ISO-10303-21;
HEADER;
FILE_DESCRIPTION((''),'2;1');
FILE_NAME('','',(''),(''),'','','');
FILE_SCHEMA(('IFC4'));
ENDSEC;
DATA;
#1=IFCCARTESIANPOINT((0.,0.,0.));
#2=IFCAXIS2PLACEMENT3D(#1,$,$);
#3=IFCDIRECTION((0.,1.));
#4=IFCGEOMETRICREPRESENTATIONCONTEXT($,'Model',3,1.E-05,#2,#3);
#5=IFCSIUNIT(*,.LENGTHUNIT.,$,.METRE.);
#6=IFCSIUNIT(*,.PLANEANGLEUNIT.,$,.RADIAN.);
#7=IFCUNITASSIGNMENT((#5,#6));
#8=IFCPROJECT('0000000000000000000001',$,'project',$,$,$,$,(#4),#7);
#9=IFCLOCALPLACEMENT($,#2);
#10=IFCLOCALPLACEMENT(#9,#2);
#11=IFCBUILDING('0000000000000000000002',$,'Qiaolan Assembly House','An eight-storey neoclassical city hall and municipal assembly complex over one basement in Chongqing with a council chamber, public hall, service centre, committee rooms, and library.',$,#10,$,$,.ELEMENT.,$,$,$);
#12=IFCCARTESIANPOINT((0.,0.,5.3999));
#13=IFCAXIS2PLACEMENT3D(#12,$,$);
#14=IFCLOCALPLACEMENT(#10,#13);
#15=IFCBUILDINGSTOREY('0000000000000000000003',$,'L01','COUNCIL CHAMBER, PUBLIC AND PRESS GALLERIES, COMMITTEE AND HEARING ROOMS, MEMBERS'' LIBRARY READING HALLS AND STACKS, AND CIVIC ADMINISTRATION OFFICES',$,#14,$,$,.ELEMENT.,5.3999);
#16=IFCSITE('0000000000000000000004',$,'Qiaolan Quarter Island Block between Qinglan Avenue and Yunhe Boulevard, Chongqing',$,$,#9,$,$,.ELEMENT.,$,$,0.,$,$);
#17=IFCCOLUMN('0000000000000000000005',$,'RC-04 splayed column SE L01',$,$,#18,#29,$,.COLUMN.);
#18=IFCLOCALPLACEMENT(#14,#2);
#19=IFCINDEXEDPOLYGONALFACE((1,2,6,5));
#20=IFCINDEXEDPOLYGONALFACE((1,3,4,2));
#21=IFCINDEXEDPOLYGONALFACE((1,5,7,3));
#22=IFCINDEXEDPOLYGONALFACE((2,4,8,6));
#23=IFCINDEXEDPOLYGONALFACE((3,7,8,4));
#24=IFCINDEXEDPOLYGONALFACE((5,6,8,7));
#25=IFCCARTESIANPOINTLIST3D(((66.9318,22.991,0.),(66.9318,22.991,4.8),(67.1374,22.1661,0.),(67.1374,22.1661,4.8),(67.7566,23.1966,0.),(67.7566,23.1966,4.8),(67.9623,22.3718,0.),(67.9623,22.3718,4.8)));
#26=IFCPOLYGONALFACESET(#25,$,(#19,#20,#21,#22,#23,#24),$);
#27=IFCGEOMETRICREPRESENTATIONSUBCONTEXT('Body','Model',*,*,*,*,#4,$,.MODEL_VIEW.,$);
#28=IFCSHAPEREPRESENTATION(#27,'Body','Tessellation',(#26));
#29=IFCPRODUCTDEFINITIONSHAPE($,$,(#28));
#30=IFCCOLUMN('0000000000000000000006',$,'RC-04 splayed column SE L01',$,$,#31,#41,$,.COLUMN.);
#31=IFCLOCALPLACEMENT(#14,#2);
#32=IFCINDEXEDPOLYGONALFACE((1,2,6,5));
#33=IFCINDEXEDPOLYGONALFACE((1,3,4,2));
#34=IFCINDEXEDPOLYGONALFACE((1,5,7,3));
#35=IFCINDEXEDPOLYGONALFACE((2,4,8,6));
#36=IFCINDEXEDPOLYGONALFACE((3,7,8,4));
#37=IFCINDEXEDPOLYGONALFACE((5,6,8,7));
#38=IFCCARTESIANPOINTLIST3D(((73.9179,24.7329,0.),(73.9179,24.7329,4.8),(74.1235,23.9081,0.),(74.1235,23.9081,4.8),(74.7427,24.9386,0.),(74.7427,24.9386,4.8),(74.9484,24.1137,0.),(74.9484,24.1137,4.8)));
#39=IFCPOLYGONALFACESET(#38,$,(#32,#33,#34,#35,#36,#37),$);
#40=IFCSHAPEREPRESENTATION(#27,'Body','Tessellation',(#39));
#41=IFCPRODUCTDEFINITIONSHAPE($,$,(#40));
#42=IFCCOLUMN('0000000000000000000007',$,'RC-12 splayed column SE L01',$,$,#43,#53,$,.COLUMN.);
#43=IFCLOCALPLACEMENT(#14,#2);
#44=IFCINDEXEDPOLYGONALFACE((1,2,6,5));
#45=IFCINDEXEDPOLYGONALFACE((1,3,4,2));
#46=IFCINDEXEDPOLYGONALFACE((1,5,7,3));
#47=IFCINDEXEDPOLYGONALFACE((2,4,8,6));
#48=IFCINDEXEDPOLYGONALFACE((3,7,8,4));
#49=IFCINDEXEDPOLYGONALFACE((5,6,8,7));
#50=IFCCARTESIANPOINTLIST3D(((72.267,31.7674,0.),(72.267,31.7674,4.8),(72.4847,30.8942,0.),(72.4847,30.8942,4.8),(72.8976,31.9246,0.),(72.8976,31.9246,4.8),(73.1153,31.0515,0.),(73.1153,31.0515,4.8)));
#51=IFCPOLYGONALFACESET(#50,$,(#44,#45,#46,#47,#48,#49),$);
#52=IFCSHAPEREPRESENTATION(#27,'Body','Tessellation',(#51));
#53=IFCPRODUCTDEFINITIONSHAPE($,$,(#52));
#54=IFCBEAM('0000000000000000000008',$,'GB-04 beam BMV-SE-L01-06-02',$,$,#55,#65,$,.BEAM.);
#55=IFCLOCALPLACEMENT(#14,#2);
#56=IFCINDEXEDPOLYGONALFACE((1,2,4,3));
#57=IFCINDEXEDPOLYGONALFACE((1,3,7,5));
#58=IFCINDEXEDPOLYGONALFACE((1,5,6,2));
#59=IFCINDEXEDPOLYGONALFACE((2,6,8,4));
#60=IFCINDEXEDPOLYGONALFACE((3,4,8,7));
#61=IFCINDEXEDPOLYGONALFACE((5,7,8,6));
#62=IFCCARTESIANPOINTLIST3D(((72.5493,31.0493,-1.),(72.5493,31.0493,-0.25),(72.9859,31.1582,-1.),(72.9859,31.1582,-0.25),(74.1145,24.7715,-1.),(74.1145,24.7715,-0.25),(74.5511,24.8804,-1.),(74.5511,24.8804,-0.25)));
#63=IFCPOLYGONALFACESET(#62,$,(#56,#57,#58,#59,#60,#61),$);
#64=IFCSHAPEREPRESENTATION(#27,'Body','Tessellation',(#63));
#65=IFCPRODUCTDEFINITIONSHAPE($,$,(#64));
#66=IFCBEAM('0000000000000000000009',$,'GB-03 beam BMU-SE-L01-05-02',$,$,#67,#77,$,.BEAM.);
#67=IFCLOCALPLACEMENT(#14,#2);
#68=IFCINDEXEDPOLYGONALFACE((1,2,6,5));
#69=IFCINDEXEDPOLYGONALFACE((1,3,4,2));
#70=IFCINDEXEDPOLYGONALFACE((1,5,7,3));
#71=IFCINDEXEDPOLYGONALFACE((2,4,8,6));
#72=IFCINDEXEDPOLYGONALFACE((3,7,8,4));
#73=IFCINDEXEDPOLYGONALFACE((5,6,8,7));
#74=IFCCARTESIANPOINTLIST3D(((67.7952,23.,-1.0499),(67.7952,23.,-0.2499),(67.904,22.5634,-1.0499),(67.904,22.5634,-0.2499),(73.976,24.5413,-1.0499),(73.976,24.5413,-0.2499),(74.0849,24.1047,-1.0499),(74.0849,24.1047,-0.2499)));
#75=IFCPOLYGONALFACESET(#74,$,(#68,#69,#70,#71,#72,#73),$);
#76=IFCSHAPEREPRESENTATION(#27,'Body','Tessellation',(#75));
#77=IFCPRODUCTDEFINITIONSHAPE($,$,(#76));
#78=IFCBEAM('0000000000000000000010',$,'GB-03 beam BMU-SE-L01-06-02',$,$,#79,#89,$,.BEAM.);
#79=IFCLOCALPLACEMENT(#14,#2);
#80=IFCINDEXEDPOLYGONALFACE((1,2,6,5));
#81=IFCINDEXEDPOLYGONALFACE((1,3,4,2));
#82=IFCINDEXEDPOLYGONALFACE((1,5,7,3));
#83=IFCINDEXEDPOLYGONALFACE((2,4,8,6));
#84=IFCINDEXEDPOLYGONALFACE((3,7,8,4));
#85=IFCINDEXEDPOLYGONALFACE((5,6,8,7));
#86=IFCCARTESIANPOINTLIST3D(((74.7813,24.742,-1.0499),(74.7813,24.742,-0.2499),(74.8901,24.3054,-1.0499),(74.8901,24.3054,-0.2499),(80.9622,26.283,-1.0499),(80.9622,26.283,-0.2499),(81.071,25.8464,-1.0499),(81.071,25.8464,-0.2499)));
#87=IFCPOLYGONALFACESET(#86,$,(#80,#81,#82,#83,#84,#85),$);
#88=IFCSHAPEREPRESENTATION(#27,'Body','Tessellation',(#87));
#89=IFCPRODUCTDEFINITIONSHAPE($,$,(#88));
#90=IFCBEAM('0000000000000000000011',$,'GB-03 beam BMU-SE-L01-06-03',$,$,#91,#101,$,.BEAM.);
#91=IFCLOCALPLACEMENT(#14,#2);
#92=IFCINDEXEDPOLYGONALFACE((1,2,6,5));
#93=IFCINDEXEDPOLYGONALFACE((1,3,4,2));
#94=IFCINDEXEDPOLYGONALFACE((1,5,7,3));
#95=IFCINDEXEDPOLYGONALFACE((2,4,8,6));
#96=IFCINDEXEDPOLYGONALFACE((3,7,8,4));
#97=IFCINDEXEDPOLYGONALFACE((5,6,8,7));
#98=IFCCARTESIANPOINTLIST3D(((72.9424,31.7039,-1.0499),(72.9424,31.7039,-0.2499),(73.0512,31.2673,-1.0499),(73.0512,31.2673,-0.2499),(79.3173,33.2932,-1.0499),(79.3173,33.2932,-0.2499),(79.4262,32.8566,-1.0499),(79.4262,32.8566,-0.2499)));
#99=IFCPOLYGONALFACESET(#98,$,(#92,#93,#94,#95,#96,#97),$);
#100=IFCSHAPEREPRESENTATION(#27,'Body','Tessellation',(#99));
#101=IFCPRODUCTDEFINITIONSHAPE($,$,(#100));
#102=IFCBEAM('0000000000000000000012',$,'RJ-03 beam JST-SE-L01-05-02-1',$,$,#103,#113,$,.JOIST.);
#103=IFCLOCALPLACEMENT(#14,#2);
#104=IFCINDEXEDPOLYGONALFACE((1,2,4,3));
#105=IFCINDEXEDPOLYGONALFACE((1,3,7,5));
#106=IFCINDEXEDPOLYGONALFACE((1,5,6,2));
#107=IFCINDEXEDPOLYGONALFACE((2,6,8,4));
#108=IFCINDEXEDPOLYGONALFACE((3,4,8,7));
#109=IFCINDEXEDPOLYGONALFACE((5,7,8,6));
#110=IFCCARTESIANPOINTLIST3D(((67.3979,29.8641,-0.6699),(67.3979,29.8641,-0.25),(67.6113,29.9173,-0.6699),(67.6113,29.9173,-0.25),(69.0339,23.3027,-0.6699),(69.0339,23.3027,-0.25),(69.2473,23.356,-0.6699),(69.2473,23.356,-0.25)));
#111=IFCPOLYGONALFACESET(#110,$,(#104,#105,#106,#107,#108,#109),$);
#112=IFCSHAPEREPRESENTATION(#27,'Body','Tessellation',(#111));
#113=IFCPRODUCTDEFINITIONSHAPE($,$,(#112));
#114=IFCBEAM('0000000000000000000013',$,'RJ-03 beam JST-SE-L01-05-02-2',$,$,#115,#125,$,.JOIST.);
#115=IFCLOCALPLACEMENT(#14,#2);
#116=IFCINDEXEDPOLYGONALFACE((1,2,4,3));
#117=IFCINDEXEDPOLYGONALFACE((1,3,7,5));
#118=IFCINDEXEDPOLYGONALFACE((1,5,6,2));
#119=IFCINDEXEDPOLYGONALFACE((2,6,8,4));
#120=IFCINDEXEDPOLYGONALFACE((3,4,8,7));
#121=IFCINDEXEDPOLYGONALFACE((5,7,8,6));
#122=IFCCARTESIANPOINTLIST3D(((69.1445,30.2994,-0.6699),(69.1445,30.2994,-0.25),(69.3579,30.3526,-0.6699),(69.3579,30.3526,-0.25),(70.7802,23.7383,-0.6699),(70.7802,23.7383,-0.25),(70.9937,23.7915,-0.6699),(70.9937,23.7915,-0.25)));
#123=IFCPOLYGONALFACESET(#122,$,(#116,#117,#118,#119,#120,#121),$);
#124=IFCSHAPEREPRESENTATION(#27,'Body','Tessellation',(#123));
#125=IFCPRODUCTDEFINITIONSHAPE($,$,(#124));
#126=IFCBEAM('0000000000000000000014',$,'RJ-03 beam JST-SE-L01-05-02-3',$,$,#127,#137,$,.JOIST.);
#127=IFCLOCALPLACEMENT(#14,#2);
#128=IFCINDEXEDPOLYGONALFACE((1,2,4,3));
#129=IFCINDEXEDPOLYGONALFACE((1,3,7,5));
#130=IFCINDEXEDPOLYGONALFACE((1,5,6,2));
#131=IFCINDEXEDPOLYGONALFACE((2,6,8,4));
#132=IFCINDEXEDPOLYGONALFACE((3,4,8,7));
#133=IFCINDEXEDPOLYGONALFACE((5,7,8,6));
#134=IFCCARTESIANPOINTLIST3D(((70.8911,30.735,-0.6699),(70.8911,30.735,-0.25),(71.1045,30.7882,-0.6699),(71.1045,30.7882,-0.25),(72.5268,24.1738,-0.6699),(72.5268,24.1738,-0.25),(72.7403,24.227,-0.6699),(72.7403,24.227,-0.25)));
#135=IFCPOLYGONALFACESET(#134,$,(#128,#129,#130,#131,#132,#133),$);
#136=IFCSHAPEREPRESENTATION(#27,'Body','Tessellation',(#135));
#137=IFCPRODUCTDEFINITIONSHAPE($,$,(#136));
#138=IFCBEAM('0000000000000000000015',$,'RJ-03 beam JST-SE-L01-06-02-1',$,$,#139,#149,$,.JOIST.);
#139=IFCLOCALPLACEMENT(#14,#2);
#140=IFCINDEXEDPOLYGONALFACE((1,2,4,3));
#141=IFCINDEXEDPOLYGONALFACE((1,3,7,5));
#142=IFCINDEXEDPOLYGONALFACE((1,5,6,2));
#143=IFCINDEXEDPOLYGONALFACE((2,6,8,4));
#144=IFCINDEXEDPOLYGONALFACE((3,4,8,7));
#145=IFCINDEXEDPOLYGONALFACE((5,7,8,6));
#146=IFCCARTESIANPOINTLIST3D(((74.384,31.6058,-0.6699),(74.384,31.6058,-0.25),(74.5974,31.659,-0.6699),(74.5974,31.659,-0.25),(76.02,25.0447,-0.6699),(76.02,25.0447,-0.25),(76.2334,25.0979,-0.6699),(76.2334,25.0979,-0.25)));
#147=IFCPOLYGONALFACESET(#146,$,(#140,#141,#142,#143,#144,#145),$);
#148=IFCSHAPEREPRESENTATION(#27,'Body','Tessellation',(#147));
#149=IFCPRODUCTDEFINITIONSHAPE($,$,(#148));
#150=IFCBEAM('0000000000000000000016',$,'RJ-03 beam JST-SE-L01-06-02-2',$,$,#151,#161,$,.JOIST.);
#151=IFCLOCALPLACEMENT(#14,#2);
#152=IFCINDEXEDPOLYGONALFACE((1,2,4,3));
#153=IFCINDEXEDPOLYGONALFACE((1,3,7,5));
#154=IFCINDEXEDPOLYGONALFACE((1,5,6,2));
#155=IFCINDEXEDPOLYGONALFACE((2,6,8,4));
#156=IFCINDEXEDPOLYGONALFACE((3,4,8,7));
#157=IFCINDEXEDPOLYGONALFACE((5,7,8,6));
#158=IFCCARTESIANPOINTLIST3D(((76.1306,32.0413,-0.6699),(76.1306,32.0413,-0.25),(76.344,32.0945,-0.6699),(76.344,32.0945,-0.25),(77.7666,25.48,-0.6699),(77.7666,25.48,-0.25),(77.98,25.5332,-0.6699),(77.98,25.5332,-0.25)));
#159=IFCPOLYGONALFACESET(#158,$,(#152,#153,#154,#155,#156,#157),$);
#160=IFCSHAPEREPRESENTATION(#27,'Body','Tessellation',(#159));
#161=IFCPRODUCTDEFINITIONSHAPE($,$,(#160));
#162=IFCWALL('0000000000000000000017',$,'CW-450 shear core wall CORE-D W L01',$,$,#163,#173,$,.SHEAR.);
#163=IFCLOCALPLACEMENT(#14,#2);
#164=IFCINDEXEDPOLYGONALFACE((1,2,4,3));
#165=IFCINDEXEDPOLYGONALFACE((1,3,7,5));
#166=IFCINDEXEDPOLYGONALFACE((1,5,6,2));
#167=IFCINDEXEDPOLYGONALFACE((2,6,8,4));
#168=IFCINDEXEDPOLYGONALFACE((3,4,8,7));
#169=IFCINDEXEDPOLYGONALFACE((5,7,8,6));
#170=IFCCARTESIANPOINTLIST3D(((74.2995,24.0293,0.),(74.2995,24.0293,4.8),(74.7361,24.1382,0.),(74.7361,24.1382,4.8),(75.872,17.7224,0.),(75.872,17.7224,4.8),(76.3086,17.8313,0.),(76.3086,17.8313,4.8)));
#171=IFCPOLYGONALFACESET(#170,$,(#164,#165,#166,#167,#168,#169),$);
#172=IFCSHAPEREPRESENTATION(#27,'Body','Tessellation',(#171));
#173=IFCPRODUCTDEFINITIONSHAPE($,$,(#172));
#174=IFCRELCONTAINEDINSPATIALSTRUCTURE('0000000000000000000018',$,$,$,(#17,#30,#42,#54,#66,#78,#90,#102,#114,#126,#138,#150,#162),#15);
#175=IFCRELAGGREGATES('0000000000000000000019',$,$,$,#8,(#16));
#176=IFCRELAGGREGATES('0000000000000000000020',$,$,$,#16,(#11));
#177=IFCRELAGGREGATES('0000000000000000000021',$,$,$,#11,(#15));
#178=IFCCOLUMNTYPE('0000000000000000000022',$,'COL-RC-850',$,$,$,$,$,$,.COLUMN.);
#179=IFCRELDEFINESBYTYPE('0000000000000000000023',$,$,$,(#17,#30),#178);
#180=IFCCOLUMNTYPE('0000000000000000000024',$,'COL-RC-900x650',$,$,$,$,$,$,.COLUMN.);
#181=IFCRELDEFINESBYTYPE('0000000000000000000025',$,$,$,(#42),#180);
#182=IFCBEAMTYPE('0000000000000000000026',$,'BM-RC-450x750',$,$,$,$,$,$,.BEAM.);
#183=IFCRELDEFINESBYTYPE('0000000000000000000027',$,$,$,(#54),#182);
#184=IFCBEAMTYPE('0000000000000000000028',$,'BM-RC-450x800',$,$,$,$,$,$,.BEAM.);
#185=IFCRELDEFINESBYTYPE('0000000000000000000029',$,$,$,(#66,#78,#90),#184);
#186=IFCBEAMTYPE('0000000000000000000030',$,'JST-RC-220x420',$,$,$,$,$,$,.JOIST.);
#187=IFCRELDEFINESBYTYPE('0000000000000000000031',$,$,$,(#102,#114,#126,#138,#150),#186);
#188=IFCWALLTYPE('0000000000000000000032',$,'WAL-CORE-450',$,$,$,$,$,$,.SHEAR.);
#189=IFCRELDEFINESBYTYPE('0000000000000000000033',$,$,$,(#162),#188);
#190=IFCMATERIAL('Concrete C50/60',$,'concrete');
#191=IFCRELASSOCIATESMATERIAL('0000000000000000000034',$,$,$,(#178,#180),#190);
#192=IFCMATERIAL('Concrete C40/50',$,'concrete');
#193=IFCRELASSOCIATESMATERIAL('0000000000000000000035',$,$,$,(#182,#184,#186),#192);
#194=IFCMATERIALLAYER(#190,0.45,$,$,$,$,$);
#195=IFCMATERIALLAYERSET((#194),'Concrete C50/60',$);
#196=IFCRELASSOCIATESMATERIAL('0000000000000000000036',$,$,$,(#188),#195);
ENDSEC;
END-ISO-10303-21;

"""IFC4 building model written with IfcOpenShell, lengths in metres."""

from ifc_helpers import new_model, si_unit, direction, frame, frame_2d, origin, origin_2d, place, context, subcontext, project, spatial, rectangle, extrude, material, layer, layer_set, material_profile, profile_set, type_object, element, save


model = new_model("IFC4")

# Units and contexts
model_context = context("Model", 3, precision=1e-05, world=origin(), true_north=direction((0.0, 1.0)))
body_context = subcontext(model_context, "Body", "Model", "MODEL_VIEW")
ifc_project = project(units=[si_unit("LENGTHUNIT", "METRE"), si_unit("PLANEANGLEUNIT", "RADIAN")], contexts=[model_context])

# Site, building, storey
site_placement = place(None, origin())
site = spatial("IfcSite", under=ifc_project, at=site_placement, Name="Qiaolan Quarter Island Block between Qinglan Avenue and Yunhe Boulevard, Chongqing", CompositionType="ELEMENT", RefElevation=0.0)
building_placement = place(site_placement, origin())
building = spatial("IfcBuilding", under=site, at=building_placement, Name="Qiaolan Assembly House", Description="An eight-storey neoclassical city hall and municipal assembly complex over one basement in Chongqing with a council chamber, public hall, service centre, committee rooms, and library.", CompositionType="ELEMENT")
storey_placement = place(building_placement, frame((0.0, 0.0, 5.3999)))
storey = spatial("IfcBuildingStorey", under=building, at=storey_placement, Name="L01", Description="COUNCIL CHAMBER, PUBLIC AND PRESS GALLERIES, COMMITTEE AND HEARING ROOMS, MEMBERS' LIBRARY READING HALLS AND STACKS, AND CIVIC ADMINISTRATION OFFICES", CompositionType="ELEMENT", Elevation=5.3999)

# Columns
ifc_material_1 = material(Name="Concrete C50/60", Category="concrete")
ifc_material_profile_1 = material_profile(ifc_material_1, rectangle(XDim=0.8501, YDim=0.8501, at=origin_2d()), Name="RC 850x850")
ifc_profile_set_1 = profile_set([ifc_material_profile_1], Name="Concrete C50/60")
column_type_1 = type_object("IfcColumnType", Name="COL-RC-850", PredefinedType="COLUMN", material=ifc_profile_set_1)
for number, where, z_axis, x_axis, name in (
    (1, (67.447, 22.6814, 0.0), (0.0, 0.0, 1.0), (0.970296, 0.241922, 0.0), "RC-04 splayed column SE L01"),
    (2, (74.4331, 24.4233, 0.0), (0.0, 0.0, 1.0), (0.970296, 0.241922, 0.0), "RC-04 splayed column SE L01"),
):
    element("IfcColumn", number, at=place(storey_placement, frame(where, z_axis=z_axis, x_axis=x_axis)), inside=storey, type_object=column_type_1, Name=name, PredefinedType="COLUMN", context=body_context, shape_type="SweptSolid", body=[
        extrude(rectangle(XDim=0.8501, YDim=0.8501, at=origin_2d()), origin(), (0.0, 0.0, 1.0), 4.8),
    ])
ifc_material_profile_2 = material_profile(ifc_material_1, rectangle(XDim=0.6499, YDim=0.8999, at=origin_2d()), Name="RC 900x650")
ifc_profile_set_2 = profile_set([ifc_material_profile_2], Name="Concrete C50/60")
column_type_2 = type_object("IfcColumnType", Name="COL-RC-900x650", PredefinedType="COLUMN", material=ifc_profile_set_2)
column_placement = place(storey_placement, frame((72.6912, 31.4094, 0.0), z_axis=(0.0, 0.0, 1.0), x_axis=(0.970296, 0.241922, 0.0)))
element("IfcColumn", 3, at=column_placement, inside=storey, type_object=column_type_2, Name="RC-12 splayed column SE L01", PredefinedType="COLUMN", context=body_context, shape_type="SweptSolid", body=[
    extrude(rectangle(XDim=0.6499, YDim=0.8999, at=origin_2d()), origin(), (0.0, 0.0, 1.0), 4.8),
])

# Beams
ifc_material_2 = material(Name="Concrete C40/50", Category="concrete")
ifc_material_profile_3 = material_profile(ifc_material_2, rectangle(XDim=0.45, YDim=0.75, at=origin_2d()), Name="RCB 450x750")
ifc_profile_set_3 = profile_set([ifc_material_profile_3], Name="Concrete C40/50")
beam_type_1 = type_object("IfcBeamType", Name="BM-RC-450x750", PredefinedType="BEAM", material=ifc_profile_set_3)
beam_1_placement = place(storey_placement, frame((74.3328, 24.8259, -0.625), z_axis=(-0.241914, 0.970298, 0.0), x_axis=(-0.970298, -0.241914, 0.0)))
element("IfcBeam", 4, at=beam_1_placement, inside=storey, type_object=beam_type_1, Name="GB-04 beam BMV-SE-L01-06-02", PredefinedType="BEAM", context=body_context, shape_type="SweptSolid", body=[
    extrude(rectangle(XDim=0.45, YDim=0.75, at=origin_2d()), origin(), (0.0, 0.0, 1.0), 6.47),
])
ifc_material_profile_4 = material_profile(ifc_material_2, rectangle(XDim=0.45, YDim=0.8, at=origin_2d()), Name="RCB 450x800")
ifc_profile_set_4 = profile_set([ifc_material_profile_4], Name="Concrete C40/50")
beam_type_2 = type_object("IfcBeamType", Name="BM-RC-450x800", PredefinedType="BEAM", material=ifc_profile_set_4)
for number, where, z_axis, x_axis, name in (
    (5, (67.8496, 22.7817, -0.6499), (0.970289, 0.241949, 0.0), (-0.241949, 0.970289, 0.0), "GB-03 beam BMU-SE-L01-05-02"),
    (6, (74.8357, 24.5237, -0.6499), (0.970298, 0.241913, 0.0), (-0.241913, 0.970298, 0.0), "GB-03 beam BMU-SE-L01-06-02"),
):
    element("IfcBeam", number, at=place(storey_placement, frame(where, z_axis=z_axis, x_axis=x_axis)), inside=storey, type_object=beam_type_2, Name=name, PredefinedType="BEAM", context=body_context, shape_type="SweptSolid", body=[
        extrude(rectangle(XDim=0.45, YDim=0.8, at=origin_2d()), origin(), (0.0, 0.0, 1.0), 6.3701),
    ])
beam_2_placement = place(storey_placement, frame((72.9968, 31.4856, -0.6499), z_axis=(0.9703, 0.241906, 0.0), x_axis=(-0.241906, 0.9703, 0.0)))
element("IfcBeam", 7, at=beam_2_placement, inside=storey, type_object=beam_type_2, Name="GB-03 beam BMU-SE-L01-06-03", PredefinedType="BEAM", context=body_context, shape_type="SweptSolid", body=[
    extrude(rectangle(XDim=0.45, YDim=0.8, at=origin_2d()), origin(), (0.0, 0.0, 1.0), 6.5701),
])
ifc_material_profile_5 = material_profile(ifc_material_2, rectangle(XDim=0.22, YDim=0.4199, at=origin_2d()), Name="RCB 220x420")
ifc_profile_set_5 = profile_set([ifc_material_profile_5], Name="Concrete C40/50")
beam_type_3 = type_object("IfcBeamType", Name="JST-RC-220x420", PredefinedType="JOIST", material=ifc_profile_set_5)
beam_3_placement = place(storey_placement, frame((69.1406, 23.3293, -0.46), z_axis=(-0.241932, 0.970293, 0.0), x_axis=(-0.970293, -0.241932, 0.0)))
element("IfcBeam", 8, at=beam_3_placement, inside=storey, type_object=beam_type_3, Name="RJ-03 beam JST-SE-L01-05-02-1", PredefinedType="JOIST", context=body_context, shape_type="SweptSolid", body=[
    extrude(rectangle(XDim=0.22, YDim=0.4199, at=origin_2d()), origin(), (0.0, 0.0, 1.0), 6.7622),
])
for number, where, z_axis, x_axis, name in (
    (9, (70.887, 23.7649, -0.46), (-0.241907, 0.970299, 0.0), (-0.970299, -0.241907, 0.0), "RJ-03 beam JST-SE-L01-05-02-2"),
    (10, (72.6335, 24.2004, -0.46), (-0.241907, 0.970299, 0.0), (-0.970299, -0.241907, 0.0), "RJ-03 beam JST-SE-L01-05-02-3"),
    (11, (76.1267, 25.0713, -0.46), (-0.241941, 0.970291, 0.0), (-0.970291, -0.241941, 0.0), "RJ-03 beam JST-SE-L01-06-02-1"),
):
    element("IfcBeam", number, at=place(storey_placement, frame(where, z_axis=z_axis, x_axis=x_axis)), inside=storey, type_object=beam_type_3, Name=name, PredefinedType="JOIST", context=body_context, shape_type="SweptSolid", body=[
        extrude(rectangle(XDim=0.22, YDim=0.4199, at=origin_2d()), origin(), (0.0, 0.0, 1.0), 6.762),
    ])
beam_4_placement = place(storey_placement, frame((77.8733, 25.5066, -0.46), z_axis=(-0.241932, 0.970293, 0.0), x_axis=(-0.970293, -0.241932, 0.0)))
element("IfcBeam", 12, at=beam_4_placement, inside=storey, type_object=beam_type_3, Name="RJ-03 beam JST-SE-L01-06-02-2", PredefinedType="JOIST", context=body_context, shape_type="SweptSolid", body=[
    extrude(rectangle(XDim=0.22, YDim=0.4199, at=origin_2d()), origin(), (0.0, 0.0, 1.0), 6.7622),
])

# Wall
ifc_layer_1 = layer(ifc_material_1, 0.45)
ifc_layer_set_1 = layer_set([ifc_layer_1], Name="Concrete C50/60")
wall_type_1 = type_object("IfcWallType", Name="WAL-CORE-450", PredefinedType="SHEAR", material=ifc_layer_set_1)
wall_1_placement = place(storey_placement, frame((74.5178, 24.0837, 0.0), z_axis=(0.0, 0.0, 1.0), x_axis=(0.241926, -0.970295, 0.0)))
element("IfcWall", 13, at=wall_1_placement, inside=storey, type_object=wall_type_1, Name="CW-450 shear core wall CORE-D W L01", PredefinedType="SHEAR", context=body_context, shape_type="SweptSolid", body=[
    extrude(rectangle(XDim=6.5, YDim=0.45, at=frame_2d((3.25, 0.0))), origin(), (0.0, 0.0, 1.0), 4.8),
])

save(model, "model.ifc")
